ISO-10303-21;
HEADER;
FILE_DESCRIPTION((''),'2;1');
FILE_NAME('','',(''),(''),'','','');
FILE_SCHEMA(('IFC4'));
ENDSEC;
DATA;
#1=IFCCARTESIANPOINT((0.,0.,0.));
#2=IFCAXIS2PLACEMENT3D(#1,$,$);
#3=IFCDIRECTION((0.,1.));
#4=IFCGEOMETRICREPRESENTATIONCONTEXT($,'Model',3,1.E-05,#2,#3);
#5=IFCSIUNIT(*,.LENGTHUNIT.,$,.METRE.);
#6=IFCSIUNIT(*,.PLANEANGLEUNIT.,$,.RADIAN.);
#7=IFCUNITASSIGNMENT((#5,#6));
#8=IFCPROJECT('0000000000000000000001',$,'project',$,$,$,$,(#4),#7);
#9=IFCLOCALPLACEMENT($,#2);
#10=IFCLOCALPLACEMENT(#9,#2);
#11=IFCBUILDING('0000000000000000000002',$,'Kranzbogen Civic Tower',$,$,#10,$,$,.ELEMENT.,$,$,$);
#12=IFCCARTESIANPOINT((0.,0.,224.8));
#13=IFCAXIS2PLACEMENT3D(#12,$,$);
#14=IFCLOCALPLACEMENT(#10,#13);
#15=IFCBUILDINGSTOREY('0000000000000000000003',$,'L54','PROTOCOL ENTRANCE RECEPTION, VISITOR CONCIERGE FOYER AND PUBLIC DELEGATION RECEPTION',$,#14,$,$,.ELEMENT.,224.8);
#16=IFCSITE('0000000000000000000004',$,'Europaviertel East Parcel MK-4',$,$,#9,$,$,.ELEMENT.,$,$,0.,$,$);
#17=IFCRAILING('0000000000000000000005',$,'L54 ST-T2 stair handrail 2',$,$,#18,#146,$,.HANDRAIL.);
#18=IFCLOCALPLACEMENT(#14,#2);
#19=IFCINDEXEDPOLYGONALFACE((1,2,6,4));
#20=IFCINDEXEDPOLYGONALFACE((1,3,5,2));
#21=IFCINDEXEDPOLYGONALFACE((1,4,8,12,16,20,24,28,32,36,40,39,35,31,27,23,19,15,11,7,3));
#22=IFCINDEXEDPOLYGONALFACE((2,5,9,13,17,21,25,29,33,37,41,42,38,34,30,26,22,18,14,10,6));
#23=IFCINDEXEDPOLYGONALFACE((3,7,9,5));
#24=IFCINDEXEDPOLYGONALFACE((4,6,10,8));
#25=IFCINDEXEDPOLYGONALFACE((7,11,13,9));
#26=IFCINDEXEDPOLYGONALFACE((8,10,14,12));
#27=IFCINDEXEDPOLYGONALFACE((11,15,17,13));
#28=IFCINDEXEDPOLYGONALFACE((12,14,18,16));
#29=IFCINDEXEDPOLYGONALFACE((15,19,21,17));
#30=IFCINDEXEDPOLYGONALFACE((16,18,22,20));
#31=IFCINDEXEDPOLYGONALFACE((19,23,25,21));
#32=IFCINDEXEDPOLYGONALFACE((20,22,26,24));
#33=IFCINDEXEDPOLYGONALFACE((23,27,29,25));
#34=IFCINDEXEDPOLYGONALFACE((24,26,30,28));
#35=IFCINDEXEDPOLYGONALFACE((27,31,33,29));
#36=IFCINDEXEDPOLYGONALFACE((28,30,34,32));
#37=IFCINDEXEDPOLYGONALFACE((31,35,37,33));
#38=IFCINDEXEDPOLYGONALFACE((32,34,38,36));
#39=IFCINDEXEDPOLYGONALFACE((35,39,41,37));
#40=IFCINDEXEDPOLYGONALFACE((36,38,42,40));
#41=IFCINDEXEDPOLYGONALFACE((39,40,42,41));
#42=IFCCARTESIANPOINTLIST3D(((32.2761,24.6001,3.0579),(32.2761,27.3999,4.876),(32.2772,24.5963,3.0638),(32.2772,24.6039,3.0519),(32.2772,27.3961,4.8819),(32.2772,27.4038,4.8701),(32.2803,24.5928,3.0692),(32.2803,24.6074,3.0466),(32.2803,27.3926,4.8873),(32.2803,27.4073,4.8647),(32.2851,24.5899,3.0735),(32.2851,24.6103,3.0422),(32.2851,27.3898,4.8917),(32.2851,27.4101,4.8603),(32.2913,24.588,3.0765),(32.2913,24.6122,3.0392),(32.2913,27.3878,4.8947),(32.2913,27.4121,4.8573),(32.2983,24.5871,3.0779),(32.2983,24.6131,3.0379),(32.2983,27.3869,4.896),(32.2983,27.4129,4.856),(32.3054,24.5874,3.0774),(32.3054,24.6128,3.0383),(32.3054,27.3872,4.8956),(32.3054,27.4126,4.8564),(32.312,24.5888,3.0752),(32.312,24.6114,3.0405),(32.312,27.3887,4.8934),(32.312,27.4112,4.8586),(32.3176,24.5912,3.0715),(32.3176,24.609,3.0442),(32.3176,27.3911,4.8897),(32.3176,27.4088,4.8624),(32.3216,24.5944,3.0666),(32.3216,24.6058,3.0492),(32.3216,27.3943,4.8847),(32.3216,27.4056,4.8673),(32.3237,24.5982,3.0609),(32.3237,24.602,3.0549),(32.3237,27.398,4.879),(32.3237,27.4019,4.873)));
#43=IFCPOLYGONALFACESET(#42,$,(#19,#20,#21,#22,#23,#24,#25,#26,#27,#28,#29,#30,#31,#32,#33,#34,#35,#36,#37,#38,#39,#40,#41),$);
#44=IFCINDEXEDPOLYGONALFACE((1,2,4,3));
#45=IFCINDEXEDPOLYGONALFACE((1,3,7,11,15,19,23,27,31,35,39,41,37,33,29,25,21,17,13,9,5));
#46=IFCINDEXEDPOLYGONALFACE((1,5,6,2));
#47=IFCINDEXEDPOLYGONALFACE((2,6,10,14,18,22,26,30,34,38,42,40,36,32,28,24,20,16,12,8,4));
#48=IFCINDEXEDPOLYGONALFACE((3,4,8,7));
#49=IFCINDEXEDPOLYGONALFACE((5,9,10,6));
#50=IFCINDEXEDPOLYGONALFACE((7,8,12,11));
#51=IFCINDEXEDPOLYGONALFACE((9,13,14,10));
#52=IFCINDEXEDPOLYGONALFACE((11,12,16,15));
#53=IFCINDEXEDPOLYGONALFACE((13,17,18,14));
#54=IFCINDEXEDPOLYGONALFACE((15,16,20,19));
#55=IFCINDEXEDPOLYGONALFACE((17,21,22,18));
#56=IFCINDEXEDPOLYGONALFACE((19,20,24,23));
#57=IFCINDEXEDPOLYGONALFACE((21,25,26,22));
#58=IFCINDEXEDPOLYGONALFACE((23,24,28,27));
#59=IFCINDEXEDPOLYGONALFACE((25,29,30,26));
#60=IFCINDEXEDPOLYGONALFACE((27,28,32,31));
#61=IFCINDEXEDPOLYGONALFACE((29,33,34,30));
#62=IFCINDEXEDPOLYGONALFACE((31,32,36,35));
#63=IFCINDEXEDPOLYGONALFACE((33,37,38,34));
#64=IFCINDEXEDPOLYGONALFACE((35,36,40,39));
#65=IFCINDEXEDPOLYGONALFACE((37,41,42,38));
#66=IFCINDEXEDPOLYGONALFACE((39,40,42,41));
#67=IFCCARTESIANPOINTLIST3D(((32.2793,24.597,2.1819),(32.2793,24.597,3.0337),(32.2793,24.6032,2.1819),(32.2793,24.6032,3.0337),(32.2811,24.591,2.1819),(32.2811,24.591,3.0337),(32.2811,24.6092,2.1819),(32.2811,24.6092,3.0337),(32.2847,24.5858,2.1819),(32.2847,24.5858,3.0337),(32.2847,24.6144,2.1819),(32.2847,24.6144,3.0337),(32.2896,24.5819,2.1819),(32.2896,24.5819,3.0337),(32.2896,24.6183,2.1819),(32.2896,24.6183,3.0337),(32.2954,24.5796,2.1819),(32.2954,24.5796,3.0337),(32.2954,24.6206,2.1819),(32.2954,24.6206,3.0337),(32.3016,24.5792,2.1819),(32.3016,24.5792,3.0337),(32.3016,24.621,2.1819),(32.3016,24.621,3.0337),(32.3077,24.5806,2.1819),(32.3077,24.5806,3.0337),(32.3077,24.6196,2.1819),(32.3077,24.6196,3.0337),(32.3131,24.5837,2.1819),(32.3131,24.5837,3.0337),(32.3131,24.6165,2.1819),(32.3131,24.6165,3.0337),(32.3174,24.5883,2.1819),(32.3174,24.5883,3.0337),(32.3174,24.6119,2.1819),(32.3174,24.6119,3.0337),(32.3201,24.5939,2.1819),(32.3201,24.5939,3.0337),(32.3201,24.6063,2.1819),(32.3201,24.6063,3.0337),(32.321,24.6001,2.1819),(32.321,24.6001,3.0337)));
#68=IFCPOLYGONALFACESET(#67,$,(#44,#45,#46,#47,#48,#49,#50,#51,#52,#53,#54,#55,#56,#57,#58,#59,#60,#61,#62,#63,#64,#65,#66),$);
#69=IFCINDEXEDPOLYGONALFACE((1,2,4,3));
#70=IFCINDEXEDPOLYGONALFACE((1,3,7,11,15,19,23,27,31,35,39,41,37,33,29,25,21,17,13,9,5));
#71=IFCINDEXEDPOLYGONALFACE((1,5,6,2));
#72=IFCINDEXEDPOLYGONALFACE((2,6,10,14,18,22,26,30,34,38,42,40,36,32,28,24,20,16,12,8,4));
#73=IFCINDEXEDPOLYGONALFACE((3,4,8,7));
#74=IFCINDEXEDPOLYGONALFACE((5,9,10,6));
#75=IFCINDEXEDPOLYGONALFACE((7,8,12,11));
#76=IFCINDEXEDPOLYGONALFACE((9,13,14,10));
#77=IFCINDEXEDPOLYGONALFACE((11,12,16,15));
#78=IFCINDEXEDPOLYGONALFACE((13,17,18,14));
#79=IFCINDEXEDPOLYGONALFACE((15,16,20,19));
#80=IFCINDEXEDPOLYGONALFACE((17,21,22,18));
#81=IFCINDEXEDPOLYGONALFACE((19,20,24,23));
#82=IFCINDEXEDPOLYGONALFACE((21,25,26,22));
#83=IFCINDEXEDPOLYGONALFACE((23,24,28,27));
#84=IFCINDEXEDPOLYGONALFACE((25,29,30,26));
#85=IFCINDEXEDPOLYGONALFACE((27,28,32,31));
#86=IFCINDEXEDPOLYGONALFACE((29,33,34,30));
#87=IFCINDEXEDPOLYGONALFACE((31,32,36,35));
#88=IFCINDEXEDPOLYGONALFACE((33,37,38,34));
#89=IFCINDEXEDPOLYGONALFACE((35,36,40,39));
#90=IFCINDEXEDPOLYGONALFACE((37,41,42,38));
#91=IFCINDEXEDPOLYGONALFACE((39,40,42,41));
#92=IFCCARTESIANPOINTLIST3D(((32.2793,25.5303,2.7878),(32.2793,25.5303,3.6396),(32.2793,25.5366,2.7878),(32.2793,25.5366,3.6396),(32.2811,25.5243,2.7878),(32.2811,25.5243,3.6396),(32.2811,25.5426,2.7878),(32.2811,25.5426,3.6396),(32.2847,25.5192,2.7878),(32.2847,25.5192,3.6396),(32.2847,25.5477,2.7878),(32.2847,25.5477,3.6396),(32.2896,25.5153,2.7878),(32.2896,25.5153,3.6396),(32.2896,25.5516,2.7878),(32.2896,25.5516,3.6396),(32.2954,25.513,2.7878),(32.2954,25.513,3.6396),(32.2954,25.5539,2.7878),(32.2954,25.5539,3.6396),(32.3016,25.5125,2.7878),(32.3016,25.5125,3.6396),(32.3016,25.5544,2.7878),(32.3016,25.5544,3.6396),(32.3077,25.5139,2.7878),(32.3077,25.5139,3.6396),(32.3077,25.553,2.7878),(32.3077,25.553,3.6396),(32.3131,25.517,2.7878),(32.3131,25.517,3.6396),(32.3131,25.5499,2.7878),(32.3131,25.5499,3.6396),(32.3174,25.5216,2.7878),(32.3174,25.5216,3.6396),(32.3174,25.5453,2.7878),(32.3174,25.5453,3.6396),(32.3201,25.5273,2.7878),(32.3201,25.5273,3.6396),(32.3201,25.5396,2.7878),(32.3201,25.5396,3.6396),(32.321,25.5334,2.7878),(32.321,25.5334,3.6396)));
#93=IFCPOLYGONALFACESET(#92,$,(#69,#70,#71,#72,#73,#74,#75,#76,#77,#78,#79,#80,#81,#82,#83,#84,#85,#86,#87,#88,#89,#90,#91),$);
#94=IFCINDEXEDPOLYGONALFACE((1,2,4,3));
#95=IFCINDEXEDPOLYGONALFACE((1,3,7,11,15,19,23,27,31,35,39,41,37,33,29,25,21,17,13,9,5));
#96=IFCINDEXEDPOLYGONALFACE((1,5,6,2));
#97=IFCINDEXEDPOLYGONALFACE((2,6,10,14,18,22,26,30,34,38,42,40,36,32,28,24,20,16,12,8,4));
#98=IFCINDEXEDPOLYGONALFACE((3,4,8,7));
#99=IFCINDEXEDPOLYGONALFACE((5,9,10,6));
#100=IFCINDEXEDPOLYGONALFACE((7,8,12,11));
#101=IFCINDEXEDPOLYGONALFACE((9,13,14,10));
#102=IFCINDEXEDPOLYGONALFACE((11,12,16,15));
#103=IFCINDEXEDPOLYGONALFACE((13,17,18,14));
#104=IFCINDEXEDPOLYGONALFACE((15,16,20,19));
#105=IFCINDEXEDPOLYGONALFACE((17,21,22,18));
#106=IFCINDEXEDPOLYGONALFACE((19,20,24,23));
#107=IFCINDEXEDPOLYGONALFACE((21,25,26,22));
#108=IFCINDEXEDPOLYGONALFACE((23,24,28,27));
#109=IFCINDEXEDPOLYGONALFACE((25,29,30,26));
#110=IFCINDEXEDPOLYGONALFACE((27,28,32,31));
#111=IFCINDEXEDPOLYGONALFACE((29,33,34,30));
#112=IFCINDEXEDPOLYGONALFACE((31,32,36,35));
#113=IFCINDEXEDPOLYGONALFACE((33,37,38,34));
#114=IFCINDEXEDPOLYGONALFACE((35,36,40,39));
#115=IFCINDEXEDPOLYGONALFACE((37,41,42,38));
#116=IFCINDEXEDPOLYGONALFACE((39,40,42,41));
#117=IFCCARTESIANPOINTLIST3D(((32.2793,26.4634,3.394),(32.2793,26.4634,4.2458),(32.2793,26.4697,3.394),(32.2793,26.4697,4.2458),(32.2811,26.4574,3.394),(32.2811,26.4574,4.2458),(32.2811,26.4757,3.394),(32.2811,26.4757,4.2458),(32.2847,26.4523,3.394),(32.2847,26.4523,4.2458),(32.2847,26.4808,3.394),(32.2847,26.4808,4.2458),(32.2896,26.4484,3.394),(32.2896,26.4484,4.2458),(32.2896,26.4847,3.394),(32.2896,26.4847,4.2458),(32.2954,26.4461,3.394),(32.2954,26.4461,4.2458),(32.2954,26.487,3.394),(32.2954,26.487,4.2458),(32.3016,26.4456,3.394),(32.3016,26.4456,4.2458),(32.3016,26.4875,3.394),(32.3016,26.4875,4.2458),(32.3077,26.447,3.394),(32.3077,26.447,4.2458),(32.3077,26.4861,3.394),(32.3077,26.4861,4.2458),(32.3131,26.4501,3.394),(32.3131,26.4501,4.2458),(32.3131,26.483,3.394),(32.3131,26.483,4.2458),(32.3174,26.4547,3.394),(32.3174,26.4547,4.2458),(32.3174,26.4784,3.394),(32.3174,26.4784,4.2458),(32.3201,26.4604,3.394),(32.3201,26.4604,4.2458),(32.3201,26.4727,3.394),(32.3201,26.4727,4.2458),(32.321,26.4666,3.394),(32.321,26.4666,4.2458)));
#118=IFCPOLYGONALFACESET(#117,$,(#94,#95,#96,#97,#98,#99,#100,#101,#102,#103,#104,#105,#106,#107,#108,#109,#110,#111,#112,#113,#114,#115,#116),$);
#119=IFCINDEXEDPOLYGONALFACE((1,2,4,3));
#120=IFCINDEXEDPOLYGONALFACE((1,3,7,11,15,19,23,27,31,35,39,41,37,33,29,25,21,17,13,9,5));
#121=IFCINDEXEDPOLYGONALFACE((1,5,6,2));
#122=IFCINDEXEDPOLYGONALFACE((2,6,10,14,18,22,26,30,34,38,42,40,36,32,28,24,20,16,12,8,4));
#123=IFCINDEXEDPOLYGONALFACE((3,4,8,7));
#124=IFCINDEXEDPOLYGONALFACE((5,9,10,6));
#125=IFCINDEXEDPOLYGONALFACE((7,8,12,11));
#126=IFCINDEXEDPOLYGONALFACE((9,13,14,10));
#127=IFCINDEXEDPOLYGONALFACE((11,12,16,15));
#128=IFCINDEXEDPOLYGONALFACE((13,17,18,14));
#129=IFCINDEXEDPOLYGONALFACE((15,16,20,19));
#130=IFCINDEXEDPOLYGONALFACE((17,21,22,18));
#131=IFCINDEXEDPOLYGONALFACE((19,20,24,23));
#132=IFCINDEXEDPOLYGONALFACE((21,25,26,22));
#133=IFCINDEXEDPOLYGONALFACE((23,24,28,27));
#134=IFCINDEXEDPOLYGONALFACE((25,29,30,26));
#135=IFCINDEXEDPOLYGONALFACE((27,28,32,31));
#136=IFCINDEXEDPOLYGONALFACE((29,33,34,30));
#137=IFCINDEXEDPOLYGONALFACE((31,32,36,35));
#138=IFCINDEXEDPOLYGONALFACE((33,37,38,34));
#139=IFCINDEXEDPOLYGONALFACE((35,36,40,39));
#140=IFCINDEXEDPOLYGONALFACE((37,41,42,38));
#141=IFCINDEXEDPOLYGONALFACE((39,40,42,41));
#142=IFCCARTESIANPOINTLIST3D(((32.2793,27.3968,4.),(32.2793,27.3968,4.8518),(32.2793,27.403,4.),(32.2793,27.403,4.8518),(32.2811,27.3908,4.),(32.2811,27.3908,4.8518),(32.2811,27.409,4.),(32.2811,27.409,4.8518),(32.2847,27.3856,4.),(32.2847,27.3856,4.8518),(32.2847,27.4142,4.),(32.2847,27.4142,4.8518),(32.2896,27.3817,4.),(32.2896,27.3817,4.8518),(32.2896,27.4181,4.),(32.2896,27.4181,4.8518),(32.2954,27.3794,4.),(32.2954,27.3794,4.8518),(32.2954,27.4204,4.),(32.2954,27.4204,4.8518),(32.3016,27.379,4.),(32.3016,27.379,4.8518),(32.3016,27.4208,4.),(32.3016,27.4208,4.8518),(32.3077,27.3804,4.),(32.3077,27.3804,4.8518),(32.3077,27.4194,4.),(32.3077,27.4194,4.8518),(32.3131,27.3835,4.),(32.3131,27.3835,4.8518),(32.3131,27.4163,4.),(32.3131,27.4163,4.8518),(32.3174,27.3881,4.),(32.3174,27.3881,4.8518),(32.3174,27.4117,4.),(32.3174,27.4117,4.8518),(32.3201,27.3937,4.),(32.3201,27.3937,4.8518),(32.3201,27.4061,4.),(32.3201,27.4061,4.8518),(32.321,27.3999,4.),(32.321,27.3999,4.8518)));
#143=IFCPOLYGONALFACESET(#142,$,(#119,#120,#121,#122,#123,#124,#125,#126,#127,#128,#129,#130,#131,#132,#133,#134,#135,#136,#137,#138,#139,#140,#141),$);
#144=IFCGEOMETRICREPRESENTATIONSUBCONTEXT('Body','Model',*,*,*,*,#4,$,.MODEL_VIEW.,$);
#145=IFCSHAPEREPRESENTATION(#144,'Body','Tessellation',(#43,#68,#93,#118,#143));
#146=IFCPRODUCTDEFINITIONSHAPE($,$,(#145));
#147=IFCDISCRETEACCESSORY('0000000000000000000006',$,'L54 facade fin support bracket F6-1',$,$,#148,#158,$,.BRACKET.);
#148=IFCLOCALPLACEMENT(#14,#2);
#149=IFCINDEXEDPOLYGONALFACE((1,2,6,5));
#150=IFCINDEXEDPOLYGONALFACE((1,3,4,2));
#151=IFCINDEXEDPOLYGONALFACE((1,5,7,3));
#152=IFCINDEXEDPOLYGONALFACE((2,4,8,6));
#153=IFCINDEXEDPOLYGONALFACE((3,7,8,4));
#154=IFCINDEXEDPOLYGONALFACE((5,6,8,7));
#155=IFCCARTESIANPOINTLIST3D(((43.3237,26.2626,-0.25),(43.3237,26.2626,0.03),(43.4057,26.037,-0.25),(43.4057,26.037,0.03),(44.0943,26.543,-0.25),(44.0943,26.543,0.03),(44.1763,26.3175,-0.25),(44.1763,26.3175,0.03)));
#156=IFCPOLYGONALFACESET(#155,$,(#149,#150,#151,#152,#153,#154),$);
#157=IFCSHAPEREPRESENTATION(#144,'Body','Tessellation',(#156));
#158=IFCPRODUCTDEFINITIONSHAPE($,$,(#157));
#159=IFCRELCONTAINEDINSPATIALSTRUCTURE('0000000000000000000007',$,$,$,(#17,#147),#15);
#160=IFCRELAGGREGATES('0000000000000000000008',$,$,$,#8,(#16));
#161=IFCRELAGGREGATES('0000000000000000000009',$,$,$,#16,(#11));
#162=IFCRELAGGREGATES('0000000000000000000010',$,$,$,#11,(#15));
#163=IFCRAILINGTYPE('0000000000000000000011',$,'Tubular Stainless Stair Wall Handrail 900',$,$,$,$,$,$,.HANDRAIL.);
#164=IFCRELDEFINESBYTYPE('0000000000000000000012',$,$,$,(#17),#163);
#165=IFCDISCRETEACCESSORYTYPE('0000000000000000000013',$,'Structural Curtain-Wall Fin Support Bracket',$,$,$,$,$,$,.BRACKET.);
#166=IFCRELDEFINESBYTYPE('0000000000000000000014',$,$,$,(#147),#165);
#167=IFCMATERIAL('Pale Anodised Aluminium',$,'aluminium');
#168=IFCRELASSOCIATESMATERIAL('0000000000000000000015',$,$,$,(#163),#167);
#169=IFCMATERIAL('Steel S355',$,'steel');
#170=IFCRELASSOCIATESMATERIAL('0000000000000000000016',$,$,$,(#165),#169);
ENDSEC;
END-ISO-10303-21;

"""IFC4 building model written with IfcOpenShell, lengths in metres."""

from ifc_helpers import new_model, si_unit, direction, frame, origin, origin_2d, place, context, subcontext, project, spatial, rectangle, circle, extrude, material, type_object, element, save


model = new_model("IFC4")

# Units and contexts
model_context = context("Model", 3, precision=1e-05, world=origin(), true_north=direction((0.0, 1.0)))
body_context = subcontext(model_context, "Body", "Model", "MODEL_VIEW")
ifc_project = project(units=[si_unit("LENGTHUNIT", "METRE"), si_unit("PLANEANGLEUNIT", "RADIAN")], contexts=[model_context])

# Site, building, storey
site_placement = place(None, origin())
site = spatial("IfcSite", under=ifc_project, at=site_placement, Name="Europaviertel East Parcel MK-4", CompositionType="ELEMENT", RefElevation=0.0)
building_placement = place(site_placement, origin())
building = spatial("IfcBuilding", under=site, at=building_placement, Name="Kranzbogen Civic Tower", CompositionType="ELEMENT")
storey_placement = place(building_placement, frame((0.0, 0.0, 224.8)))
storey = spatial("IfcBuildingStorey", under=building, at=storey_placement, Name="L54", Description="PROTOCOL ENTRANCE RECEPTION, VISITOR CONCIERGE FOYER AND PUBLIC DELEGATION RECEPTION", CompositionType="ELEMENT", Elevation=224.8)

# Shared definitions
ifc_material_1 = material(Name="Steel S355", Category="steel")

# Shared definitions
ifc_material_2 = material(Name="Pale Anodised Aluminium", Category="aluminium")

# Railing
railing_type_1 = type_object("IfcRailingType", Name="Tubular Stainless Stair Wall Handrail 900", PredefinedType="HANDRAIL", material=ifc_material_2)
railing_1_placement = place(storey_placement, frame((32.3, 24.6001, 2.1819)))
element("IfcRailing", 1, at=railing_1_placement, inside=storey, type_object=railing_type_1, Name="L54 ST-T2 stair handrail 2", PredefinedType="HANDRAIL", context=body_context, shape_type="SweptSolid", body=[
    extrude(circle(Radius=0.0239, at=origin_2d()), frame((0.0, 0.0, 0.876), z_axis=(0.0, 0.838684, 0.544618), x_axis=(-1.0, 0.0, 0.0)), (0.0, 0.0, 1.0), 3.3384),
    extrude(circle(Radius=0.021, at=origin_2d()), origin(), (0.0, 0.0, 1.0), 0.8518),
    extrude(circle(Radius=0.021, at=origin_2d()), frame((0.0, 0.9333, 0.606)), (0.0, 0.0, 1.0), 0.8518),
    extrude(circle(Radius=0.021, at=origin_2d()), frame((0.0, 1.8665, 1.2122)), (0.0, 0.0, 1.0), 0.8518),
    extrude(circle(Radius=0.021, at=origin_2d()), frame((0.0, 2.7998, 1.8181)), (0.0, 0.0, 1.0), 0.8518),
])

# Discrete accessory
discrete_accessory_type = type_object("IfcDiscreteAccessoryType", Name="Structural Curtain-Wall Fin Support Bracket", PredefinedType="BRACKET", material=ifc_material_1)
discrete_accessory_placement = place(storey_placement, frame((43.75, 26.29, -0.25), z_axis=(0.0, 0.0, 1.0), x_axis=(0.939693, 0.34202, 0.0)))
element("IfcDiscreteAccessory", 2, at=discrete_accessory_placement, inside=storey, type_object=discrete_accessory_type, Name="L54 facade fin support bracket F6-1", PredefinedType="BRACKET", context=body_context, shape_type="SweptSolid", body=[
    extrude(rectangle(XDim=0.8201, YDim=0.24, at=origin_2d()), origin(), (0.0, 0.0, 1.0), 0.28),
])

save(model, "model.ifc")
